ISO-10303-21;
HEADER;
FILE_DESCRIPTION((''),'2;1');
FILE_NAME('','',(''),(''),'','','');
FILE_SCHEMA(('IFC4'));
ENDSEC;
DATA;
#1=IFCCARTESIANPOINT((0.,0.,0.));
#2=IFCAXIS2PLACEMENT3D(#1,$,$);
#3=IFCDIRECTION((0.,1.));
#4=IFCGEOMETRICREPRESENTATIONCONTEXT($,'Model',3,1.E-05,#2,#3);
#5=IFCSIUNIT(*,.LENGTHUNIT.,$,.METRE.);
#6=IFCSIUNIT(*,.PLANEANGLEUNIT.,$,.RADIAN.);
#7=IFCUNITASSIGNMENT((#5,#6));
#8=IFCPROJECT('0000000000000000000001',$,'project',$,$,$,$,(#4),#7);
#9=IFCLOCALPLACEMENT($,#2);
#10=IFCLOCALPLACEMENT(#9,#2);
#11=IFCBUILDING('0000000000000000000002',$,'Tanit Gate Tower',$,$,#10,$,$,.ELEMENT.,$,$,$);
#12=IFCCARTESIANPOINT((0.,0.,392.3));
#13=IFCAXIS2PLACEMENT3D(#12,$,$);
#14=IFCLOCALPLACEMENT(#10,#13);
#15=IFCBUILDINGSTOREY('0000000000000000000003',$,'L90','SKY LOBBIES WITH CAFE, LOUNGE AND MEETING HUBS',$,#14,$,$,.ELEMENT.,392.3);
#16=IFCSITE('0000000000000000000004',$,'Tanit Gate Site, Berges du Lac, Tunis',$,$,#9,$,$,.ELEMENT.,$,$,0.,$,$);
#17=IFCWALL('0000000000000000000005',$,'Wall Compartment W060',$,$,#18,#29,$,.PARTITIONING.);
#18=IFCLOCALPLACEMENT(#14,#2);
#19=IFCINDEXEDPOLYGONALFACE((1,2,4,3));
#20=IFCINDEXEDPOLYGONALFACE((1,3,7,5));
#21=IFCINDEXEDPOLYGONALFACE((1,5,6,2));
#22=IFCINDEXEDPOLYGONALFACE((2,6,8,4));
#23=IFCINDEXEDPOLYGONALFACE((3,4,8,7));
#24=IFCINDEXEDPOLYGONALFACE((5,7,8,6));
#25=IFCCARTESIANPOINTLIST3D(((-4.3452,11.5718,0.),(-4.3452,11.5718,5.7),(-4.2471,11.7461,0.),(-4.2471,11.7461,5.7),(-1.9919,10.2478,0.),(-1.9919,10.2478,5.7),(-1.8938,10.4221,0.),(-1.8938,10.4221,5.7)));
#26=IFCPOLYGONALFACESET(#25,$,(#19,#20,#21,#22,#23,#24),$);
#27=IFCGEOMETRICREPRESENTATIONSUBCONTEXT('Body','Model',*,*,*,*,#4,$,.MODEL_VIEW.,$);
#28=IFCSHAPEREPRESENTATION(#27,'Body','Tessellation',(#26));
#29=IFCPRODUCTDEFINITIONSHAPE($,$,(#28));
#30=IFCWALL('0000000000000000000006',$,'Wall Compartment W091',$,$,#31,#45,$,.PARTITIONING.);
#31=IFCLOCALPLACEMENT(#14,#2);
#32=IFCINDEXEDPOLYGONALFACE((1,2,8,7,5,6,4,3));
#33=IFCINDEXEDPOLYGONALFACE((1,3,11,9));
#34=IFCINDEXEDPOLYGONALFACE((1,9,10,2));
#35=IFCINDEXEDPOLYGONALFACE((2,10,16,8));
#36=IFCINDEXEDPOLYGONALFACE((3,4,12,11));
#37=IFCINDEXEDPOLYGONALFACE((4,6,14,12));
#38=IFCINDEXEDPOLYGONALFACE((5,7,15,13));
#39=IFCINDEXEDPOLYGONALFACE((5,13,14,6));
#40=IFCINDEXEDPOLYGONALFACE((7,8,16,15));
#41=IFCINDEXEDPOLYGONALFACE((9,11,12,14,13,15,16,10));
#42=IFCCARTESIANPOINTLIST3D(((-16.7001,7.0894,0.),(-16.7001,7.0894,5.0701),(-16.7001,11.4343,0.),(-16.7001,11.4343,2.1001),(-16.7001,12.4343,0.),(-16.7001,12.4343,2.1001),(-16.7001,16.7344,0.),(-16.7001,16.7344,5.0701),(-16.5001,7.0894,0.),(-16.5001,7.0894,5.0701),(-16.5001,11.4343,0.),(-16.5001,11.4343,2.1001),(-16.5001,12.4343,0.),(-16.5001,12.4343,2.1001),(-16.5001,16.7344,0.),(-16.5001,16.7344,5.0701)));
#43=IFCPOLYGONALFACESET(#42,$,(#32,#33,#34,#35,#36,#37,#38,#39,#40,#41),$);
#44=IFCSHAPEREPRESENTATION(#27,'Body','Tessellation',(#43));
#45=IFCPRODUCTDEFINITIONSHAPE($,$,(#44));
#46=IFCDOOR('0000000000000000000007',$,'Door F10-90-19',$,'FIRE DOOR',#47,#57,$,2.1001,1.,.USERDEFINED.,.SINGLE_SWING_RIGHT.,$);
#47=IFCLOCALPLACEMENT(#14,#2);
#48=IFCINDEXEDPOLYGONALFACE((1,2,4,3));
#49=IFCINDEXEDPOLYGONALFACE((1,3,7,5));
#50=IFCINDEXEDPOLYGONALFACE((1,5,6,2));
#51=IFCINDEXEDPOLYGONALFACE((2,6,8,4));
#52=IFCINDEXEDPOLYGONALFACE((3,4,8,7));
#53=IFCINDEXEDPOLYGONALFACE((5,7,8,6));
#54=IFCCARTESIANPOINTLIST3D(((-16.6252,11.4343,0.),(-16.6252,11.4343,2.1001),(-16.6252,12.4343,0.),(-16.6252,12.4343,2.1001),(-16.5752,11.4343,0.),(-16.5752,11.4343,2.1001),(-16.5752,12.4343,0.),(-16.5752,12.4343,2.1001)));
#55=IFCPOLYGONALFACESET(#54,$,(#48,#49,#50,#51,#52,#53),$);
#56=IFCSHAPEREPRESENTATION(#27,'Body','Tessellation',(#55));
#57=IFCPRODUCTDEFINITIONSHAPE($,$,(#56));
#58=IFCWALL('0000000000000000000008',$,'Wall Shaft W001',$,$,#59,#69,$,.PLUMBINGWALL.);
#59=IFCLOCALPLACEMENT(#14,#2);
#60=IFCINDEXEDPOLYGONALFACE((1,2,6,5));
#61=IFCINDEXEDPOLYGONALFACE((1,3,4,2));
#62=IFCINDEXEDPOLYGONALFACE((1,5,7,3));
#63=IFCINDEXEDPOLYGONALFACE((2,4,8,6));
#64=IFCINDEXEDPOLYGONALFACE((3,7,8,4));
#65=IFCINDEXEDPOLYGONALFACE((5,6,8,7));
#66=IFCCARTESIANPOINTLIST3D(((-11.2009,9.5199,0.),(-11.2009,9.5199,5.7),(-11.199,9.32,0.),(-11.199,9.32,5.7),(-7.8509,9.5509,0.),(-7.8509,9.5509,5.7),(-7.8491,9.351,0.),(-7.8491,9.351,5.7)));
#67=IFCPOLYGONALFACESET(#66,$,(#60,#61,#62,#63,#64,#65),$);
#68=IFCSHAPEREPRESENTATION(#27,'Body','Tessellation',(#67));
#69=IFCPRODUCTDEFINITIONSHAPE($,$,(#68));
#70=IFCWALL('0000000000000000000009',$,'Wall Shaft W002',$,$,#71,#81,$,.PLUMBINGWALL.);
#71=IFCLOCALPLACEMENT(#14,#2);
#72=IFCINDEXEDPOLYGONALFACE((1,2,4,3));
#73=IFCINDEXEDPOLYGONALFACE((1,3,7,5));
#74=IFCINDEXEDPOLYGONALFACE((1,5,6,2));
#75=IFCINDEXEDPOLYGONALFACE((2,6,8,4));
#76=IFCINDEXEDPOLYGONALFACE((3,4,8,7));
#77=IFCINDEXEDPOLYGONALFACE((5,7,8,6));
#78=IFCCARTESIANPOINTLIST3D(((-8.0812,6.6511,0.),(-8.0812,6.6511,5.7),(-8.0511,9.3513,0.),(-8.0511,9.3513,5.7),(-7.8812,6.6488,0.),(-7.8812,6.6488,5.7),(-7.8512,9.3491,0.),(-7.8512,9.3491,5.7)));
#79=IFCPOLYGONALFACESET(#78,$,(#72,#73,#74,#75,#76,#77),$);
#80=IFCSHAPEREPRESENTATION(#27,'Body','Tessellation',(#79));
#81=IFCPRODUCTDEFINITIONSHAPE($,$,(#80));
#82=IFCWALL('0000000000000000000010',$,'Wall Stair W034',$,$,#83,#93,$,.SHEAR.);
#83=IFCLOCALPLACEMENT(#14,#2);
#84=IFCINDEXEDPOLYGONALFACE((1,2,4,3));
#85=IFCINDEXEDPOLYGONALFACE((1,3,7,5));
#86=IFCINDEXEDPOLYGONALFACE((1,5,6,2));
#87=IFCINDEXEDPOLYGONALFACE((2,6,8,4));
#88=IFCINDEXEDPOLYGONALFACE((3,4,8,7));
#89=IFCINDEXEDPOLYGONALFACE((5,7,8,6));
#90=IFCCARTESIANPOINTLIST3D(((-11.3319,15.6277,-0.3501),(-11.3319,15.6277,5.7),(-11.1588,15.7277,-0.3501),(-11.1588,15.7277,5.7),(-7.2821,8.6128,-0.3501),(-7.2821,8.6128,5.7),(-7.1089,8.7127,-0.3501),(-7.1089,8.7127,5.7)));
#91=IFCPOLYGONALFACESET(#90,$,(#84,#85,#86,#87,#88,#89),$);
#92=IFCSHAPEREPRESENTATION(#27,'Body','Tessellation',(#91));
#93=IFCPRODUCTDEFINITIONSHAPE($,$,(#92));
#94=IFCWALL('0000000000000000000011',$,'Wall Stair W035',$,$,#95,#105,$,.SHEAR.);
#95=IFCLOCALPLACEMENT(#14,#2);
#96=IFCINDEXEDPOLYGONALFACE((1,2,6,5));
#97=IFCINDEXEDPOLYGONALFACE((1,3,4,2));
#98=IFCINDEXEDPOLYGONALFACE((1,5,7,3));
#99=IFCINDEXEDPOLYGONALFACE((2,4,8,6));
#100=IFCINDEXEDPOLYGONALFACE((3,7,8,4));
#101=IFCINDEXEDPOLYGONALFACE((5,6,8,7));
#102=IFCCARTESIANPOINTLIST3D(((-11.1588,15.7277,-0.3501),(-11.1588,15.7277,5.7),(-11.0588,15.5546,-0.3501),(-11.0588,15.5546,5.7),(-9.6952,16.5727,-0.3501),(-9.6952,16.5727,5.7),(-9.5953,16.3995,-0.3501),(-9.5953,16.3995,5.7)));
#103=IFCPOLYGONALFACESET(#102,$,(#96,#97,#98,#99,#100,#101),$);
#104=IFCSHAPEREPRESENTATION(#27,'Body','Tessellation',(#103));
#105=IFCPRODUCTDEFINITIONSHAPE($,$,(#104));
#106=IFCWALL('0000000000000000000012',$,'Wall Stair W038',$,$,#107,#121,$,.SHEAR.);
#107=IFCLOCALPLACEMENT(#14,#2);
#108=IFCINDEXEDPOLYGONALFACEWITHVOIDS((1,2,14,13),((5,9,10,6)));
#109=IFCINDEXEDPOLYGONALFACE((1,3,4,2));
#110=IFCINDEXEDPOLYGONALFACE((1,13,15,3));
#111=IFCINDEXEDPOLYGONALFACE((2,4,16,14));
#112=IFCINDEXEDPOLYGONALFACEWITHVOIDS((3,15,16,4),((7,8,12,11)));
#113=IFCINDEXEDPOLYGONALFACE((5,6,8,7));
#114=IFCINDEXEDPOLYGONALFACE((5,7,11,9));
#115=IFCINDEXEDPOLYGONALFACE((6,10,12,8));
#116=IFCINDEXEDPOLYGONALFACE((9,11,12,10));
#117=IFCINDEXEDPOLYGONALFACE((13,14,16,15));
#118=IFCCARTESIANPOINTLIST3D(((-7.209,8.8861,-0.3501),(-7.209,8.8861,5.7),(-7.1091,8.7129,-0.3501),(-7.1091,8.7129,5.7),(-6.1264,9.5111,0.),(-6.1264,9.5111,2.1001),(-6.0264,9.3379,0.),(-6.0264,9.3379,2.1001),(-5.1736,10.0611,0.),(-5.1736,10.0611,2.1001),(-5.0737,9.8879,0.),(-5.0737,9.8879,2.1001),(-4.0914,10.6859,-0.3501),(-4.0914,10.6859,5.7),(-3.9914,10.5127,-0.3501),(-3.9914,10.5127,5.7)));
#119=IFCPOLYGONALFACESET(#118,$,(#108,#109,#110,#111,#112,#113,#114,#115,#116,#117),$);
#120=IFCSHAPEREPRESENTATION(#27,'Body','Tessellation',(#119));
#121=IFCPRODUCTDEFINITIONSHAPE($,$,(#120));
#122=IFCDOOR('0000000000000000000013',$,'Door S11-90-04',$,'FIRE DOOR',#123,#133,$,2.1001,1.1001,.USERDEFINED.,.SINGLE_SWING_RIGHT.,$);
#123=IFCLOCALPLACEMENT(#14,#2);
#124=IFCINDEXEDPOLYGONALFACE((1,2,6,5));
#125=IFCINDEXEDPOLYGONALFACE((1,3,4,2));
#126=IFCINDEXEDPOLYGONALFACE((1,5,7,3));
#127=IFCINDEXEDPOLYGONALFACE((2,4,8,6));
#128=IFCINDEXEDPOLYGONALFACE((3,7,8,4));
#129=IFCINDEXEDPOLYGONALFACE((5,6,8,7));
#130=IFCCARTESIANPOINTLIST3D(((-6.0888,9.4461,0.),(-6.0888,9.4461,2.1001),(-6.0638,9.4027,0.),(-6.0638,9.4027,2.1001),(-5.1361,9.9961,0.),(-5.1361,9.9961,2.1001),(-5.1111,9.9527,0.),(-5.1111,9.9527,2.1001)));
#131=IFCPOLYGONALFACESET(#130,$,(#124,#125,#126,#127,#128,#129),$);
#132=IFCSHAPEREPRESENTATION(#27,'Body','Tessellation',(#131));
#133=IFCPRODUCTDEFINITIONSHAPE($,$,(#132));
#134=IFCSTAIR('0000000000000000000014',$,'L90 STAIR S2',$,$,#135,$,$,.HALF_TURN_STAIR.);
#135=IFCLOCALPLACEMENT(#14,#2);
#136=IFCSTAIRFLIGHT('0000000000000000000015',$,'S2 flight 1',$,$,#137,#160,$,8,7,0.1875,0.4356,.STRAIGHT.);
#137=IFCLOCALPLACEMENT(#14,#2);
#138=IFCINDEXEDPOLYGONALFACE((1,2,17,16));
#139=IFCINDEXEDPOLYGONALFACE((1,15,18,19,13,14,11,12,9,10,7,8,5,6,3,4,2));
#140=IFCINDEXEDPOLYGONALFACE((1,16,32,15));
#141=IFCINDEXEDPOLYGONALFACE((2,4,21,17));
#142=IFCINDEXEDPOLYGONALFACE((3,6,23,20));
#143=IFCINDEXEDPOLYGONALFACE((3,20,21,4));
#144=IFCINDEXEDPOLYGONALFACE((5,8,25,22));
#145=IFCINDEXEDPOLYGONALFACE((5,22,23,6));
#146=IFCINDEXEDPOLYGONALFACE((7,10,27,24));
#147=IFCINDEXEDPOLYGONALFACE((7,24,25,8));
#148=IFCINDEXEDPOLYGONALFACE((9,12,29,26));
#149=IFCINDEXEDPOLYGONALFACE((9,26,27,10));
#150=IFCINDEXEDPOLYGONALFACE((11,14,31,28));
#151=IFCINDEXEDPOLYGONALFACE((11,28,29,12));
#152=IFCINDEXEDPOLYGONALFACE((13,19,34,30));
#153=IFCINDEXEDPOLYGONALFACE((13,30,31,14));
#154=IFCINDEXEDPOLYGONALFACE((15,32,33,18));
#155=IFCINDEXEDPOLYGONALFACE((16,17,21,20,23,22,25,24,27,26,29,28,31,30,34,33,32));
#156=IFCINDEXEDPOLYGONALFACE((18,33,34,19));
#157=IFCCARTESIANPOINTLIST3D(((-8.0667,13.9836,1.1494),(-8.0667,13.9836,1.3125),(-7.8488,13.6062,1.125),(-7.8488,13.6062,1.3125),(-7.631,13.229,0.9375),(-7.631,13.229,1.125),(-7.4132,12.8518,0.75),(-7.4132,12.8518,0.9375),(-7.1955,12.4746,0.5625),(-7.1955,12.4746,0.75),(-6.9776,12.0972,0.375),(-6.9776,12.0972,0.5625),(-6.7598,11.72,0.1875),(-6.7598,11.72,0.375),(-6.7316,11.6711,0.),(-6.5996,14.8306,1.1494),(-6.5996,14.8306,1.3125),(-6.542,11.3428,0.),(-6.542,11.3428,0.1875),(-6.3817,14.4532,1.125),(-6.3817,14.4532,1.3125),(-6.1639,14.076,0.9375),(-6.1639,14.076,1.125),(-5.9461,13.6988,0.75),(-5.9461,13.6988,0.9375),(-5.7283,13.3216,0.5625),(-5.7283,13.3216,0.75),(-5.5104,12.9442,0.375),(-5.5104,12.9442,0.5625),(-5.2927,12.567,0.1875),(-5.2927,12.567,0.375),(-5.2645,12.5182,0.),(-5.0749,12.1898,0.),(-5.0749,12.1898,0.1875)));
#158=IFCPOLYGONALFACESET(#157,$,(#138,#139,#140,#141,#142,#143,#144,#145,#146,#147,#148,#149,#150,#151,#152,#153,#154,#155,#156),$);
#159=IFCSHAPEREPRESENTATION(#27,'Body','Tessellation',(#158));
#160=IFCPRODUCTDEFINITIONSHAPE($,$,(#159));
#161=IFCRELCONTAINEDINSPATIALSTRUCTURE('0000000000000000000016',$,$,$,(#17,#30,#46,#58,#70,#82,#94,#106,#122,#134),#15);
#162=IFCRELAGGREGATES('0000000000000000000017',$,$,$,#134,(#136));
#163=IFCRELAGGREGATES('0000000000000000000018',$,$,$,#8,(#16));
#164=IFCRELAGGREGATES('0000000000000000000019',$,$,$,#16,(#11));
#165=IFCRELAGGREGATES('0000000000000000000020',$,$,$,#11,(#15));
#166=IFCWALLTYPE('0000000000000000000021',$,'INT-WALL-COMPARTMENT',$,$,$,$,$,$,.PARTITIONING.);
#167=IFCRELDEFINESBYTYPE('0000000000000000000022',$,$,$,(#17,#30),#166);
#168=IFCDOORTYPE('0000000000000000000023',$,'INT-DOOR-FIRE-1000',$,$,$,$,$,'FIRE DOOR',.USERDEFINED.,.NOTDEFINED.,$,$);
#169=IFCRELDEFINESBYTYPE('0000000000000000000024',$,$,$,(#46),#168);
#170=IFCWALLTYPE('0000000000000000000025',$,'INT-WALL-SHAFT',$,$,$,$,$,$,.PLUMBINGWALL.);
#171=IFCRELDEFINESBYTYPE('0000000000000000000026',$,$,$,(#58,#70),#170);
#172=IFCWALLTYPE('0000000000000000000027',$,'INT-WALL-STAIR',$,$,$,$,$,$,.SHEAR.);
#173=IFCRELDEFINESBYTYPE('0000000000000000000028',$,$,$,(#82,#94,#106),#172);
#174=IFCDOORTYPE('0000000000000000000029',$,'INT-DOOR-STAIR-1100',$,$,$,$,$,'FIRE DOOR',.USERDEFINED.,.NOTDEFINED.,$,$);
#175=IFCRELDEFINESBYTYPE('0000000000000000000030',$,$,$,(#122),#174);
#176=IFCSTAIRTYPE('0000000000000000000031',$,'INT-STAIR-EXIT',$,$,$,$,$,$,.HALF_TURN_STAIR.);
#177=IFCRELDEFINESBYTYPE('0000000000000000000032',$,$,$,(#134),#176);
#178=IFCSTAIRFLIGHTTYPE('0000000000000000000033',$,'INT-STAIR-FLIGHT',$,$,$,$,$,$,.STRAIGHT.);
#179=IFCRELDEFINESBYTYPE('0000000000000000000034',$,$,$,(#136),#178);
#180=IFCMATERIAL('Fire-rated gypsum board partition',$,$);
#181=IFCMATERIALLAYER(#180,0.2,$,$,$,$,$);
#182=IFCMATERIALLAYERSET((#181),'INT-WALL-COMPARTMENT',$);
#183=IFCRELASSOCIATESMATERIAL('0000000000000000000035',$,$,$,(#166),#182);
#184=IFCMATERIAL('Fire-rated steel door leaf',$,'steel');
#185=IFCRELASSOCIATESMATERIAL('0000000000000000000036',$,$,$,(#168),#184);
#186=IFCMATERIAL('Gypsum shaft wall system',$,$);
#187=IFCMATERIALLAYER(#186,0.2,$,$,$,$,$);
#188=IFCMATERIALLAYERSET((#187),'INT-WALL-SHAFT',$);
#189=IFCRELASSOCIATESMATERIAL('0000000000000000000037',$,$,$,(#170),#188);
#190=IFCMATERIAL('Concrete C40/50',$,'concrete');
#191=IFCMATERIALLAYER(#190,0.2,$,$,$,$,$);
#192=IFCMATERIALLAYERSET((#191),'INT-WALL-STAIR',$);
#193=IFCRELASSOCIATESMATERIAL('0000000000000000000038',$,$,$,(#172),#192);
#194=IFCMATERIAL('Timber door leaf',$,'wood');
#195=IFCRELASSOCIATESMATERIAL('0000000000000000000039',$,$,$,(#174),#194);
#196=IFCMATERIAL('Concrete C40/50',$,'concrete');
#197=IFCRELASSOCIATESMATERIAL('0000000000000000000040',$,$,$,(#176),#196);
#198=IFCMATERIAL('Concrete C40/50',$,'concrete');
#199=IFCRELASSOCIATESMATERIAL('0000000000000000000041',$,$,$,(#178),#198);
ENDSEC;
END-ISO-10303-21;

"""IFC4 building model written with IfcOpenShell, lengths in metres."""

from ifc_helpers import new_model, si_unit, direction, frame, frame_2d, origin, place, context, subcontext, project, spatial, polyline, rectangle, outline, extrude, material, layer, layer_set, type_object, element, fill, aggregate, save


model = new_model("IFC4")

# Units and contexts
model_context = context("Model", 3, precision=1e-05, world=origin(), true_north=direction((0.0, 1.0)))
body_context = subcontext(model_context, "Body", "Model", "MODEL_VIEW")
ifc_project = project(units=[si_unit("LENGTHUNIT", "METRE"), si_unit("PLANEANGLEUNIT", "RADIAN")], contexts=[model_context])

# Site, building, storey
site_placement = place(None, origin())
site = spatial("IfcSite", under=ifc_project, at=site_placement, Name="Tanit Gate Site, Berges du Lac, Tunis", CompositionType="ELEMENT", RefElevation=0.0)
building_placement = place(site_placement, origin())
building = spatial("IfcBuilding", under=site, at=building_placement, Name="Tanit Gate Tower", CompositionType="ELEMENT")
storey_placement = place(building_placement, frame((0.0, 0.0, 392.3)))
storey = spatial("IfcBuildingStorey", under=building, at=storey_placement, Name="L90", Description="SKY LOBBIES WITH CAFE, LOUNGE AND MEETING HUBS", CompositionType="ELEMENT", Elevation=392.3)

# Wall
ifc_material_1 = material(Name="Fire-rated gypsum board partition")
ifc_layer_1 = layer(ifc_material_1, 0.2)
ifc_layer_set_1 = layer_set([ifc_layer_1], Name="INT-WALL-COMPARTMENT")
wall_type_1 = type_object("IfcWallType", Name="INT-WALL-COMPARTMENT", PredefinedType="PARTITIONING", material=ifc_layer_set_1)
wall_1_placement = place(storey_placement, frame((-4.2961, 11.6589, 0.0), z_axis=(0.0, 0.0, 1.0), x_axis=(0.871534, -0.490334, 0.0)))
element("IfcWall", 1, at=wall_1_placement, inside=storey, type_object=wall_type_1, Name="Wall Compartment W060", PredefinedType="PARTITIONING", context=body_context, shape_type="SweptSolid", body=[
    extrude(rectangle(XDim=2.7002, YDim=0.2, at=frame_2d((1.3501, 0.0))), origin(), (0.0, 0.0, 1.0), 5.7),
])

# Wall, opening, door
wall_2_placement = place(storey_placement, frame((-16.6001, 16.7344, 0.0), z_axis=(0.0, 0.0, 1.0), x_axis=(0.0, -1.0, 0.0)))
wall_2 = element("IfcWall", 2, at=wall_2_placement, inside=storey, type_object=wall_type_1, Name="Wall Compartment W091", PredefinedType="PARTITIONING", context=body_context, shape_type="SweptSolid", body=[
    extrude(rectangle(XDim=9.645, YDim=0.2, at=frame_2d((4.8225, 0.0))), origin(), (0.0, 0.0, 1.0), 5.0701),
])
opening_1_placement = place(wall_2_placement, frame((4.3, 0.0, 0.0)))
opening_1 = element("IfcOpeningElement", 3, at=opening_1_placement, cuts=wall_2, PredefinedType="OPENING", context=body_context, shape_type="SweptSolid", body=[
    extrude(rectangle(XDim=1.0, YDim=2.1001, at=frame_2d((0.5, 1.05))), frame((0.0, 0.1099, 0.0), z_axis=(0.0, -1.0, 0.0), x_axis=(1.0, 0.0, 0.0)), (0.0, 0.0, 1.0), 0.22),
])
ifc_material_2 = material(Name="Fire-rated steel door leaf", Category="steel")
door_type_1 = type_object("IfcDoorType", Name="INT-DOOR-FIRE-1000", ElementType="FIRE DOOR", OperationType="NOTDEFINED", PredefinedType="USERDEFINED", material=ifc_material_2)
door_1_placement = place(opening_1_placement, origin())
door_1 = element("IfcDoor", 4, at=door_1_placement, inside=storey, type_object=door_type_1, Name="Door F10-90-19", ObjectType="FIRE DOOR", OperationType="SINGLE_SWING_RIGHT", OverallHeight=2.1001, OverallWidth=1.0, PredefinedType="USERDEFINED", context=body_context, shape_type="SweptSolid", body=[
    extrude(rectangle(XDim=1.0, YDim=2.1001, at=frame_2d((0.5, 1.05))), frame((0.0, 0.0249, 0.0), z_axis=(0.0, -1.0, 0.0), x_axis=(1.0, 0.0, 0.0)), (0.0, 0.0, 1.0), 0.05),
])
fill(opening_1, door_1)

# Walls
ifc_material_3 = material(Name="Gypsum shaft wall system")
ifc_layer_2 = layer(ifc_material_3, 0.2)
ifc_layer_set_2 = layer_set([ifc_layer_2], Name="INT-WALL-SHAFT")
wall_type_2 = type_object("IfcWallType", Name="INT-WALL-SHAFT", PredefinedType="PLUMBINGWALL", material=ifc_layer_set_2)
wall_3_placement = place(storey_placement, frame((-11.2, 9.4199, 0.0), z_axis=(0.0, 0.0, 1.0), x_axis=(0.999957, 0.009255, 0.0)))
element("IfcWall", 5, at=wall_3_placement, inside=storey, type_object=wall_type_2, Name="Wall Shaft W001", PredefinedType="PLUMBINGWALL", context=body_context, shape_type="SweptSolid", body=[
    extrude(rectangle(XDim=3.3501, YDim=0.2, at=frame_2d((1.675, 0.0))), origin(), (0.0, 0.0, 1.0), 5.7),
])
wall_4_placement = place(storey_placement, frame((-7.9512, 9.3501, 0.0), z_axis=(0.0, 0.0, 1.0), x_axis=(-0.01112, -0.999938, 0.0)))
element("IfcWall", 6, at=wall_4_placement, inside=storey, type_object=wall_type_2, Name="Wall Shaft W002", PredefinedType="PLUMBINGWALL", context=body_context, shape_type="SweptSolid", body=[
    extrude(rectangle(XDim=2.7004, YDim=0.2, at=frame_2d((1.3501, 0.0))), origin(), (0.0, 0.0, 1.0), 5.7),
])
ifc_material_4 = material(Name="Concrete C40/50", Category="concrete")
ifc_layer_3 = layer(ifc_material_4, 0.2)
ifc_layer_set_3 = layer_set([ifc_layer_3], Name="INT-WALL-STAIR")
wall_type_3 = type_object("IfcWallType", Name="INT-WALL-STAIR", PredefinedType="SHEAR", material=ifc_layer_set_3)
wall_5_placement = place(storey_placement, frame((-11.2454, 15.6777, -0.3501), z_axis=(0.0, 0.0, 1.0), x_axis=(0.499977, -0.866039, 0.0)))
element("IfcWall", 7, at=wall_5_placement, inside=storey, type_object=wall_type_3, Name="Wall Stair W034", PredefinedType="SHEAR", context=body_context, shape_type="SweptSolid", body=[
    extrude(rectangle(XDim=8.1001, YDim=0.2, at=frame_2d((4.05, 0.0))), origin(), (0.0, 0.0, 1.0), 6.05),
])
wall_6_placement = place(storey_placement, frame((-9.6453, 16.4861, -0.3501), z_axis=(0.0, 0.0, 1.0), x_axis=(-0.866039, -0.499977, 0.0)))
element("IfcWall", 8, at=wall_6_placement, inside=storey, type_object=wall_type_3, Name="Wall Stair W035", PredefinedType="SHEAR", context=body_context, shape_type="SweptSolid", body=[
    extrude(rectangle(XDim=1.6899, YDim=0.2, at=frame_2d((0.845, 0.0))), origin(), (0.0, 0.0, 1.0), 6.05),
])

# Wall, opening, door
wall_7_placement = place(storey_placement, frame((-7.1589, 8.7996, -0.3501), z_axis=(0.0, 0.0, 1.0), x_axis=(0.866048, 0.499961, 0.0)))
wall_7 = element("IfcWall", 9, at=wall_7_placement, inside=storey, type_object=wall_type_3, Name="Wall Stair W038", PredefinedType="SHEAR", context=body_context, shape_type="SweptSolid", body=[
    extrude(rectangle(XDim=3.5999, YDim=0.2, at=frame_2d((1.7998, 0.0))), origin(), (0.0, 0.0, 1.0), 6.05),
])
opening_2_placement = place(wall_7_placement, frame((1.25, 0.0, 0.3501)))
opening_2 = element("IfcOpeningElement", 10, at=opening_2_placement, cuts=wall_7, PredefinedType="OPENING", context=body_context, shape_type="SweptSolid", body=[
    extrude(rectangle(XDim=1.1001, YDim=2.1001, at=frame_2d((0.55, 1.05))), frame((0.0, 0.1099, 0.0), z_axis=(0.0, -1.0, 0.0), x_axis=(1.0, 0.0, 0.0)), (0.0, 0.0, 1.0), 0.22),
])
ifc_material_5 = material(Name="Timber door leaf", Category="wood")
door_type_2 = type_object("IfcDoorType", Name="INT-DOOR-STAIR-1100", ElementType="FIRE DOOR", OperationType="NOTDEFINED", PredefinedType="USERDEFINED", material=ifc_material_5)
door_2_placement = place(opening_2_placement, origin())
door_2 = element("IfcDoor", 11, at=door_2_placement, inside=storey, type_object=door_type_2, Name="Door S11-90-04", ObjectType="FIRE DOOR", OperationType="SINGLE_SWING_RIGHT", OverallHeight=2.1001, OverallWidth=1.1001, PredefinedType="USERDEFINED", context=body_context, shape_type="SweptSolid", body=[
    extrude(rectangle(XDim=1.1001, YDim=2.1001, at=frame_2d((0.55, 1.05))), frame((0.0, 0.0249, 0.0), z_axis=(0.0, -1.0, 0.0), x_axis=(1.0, 0.0, 0.0)), (0.0, 0.0, 1.0), 0.05),
])
fill(opening_2, door_2)

# Stair, stair flight
ifc_material_6 = material(Name="Concrete C40/50", Category="concrete")
stair_type = type_object("IfcStairType", Name="INT-STAIR-EXIT", PredefinedType="HALF_TURN_STAIR", material=ifc_material_6)
stair_placement = place(storey_placement, origin())
stair = element("IfcStair", 12, at=stair_placement, inside=storey, type_object=stair_type, Name="L90 STAIR S2", PredefinedType="HALF_TURN_STAIR")
ifc_material_7 = material(Name="Concrete C40/50", Category="concrete")
stair_flight_type = type_object("IfcStairFlightType", Name="INT-STAIR-FLIGHT", PredefinedType="STRAIGHT", material=ifc_material_7)
stair_flight_1_placement = place(storey_placement, frame((-5.8083, 11.7664, 0.0), z_axis=(0.0, 0.0, 1.0), x_axis=(-0.5, 0.866025, 0.0)))
stair_flight_1 = element("IfcStairFlight", 13, at=stair_flight_1_placement, type_object=stair_flight_type, Name="S2 flight 1", NumberOfRisers=8, NumberOfTreads=7, PredefinedType="STRAIGHT", RiserHeight=0.1875, TreadLength=0.4356, context=body_context, shape_type="SweptSolid", body=[
    extrude(outline(polyline([(0.0, 0.0), (0.0, 0.1875), (0.4355, 0.1875), (0.4355, 0.375), (0.8711, 0.375), (0.8711, 0.5625), (1.3069, 0.5625), (1.3069, 0.75), (1.7424, 0.75), (1.7424, 0.9375), (2.178, 0.9375), (2.178, 1.125), (2.6135, 1.125), (2.6135, 1.3125), (3.0493, 1.3125), (3.0493, 1.5), (3.0493, 1.1494), (0.3792, 0.0), (0.0, 0.0)])), frame((0.0, 0.8472, 0.0), z_axis=(0.0, -1.0, 0.0), x_axis=(1.0, 0.0, 0.0)), (0.0, 0.0, 1.0), 1.6941),
])
aggregate(stair, [stair_flight_1])

save(model, "model.ifc")
